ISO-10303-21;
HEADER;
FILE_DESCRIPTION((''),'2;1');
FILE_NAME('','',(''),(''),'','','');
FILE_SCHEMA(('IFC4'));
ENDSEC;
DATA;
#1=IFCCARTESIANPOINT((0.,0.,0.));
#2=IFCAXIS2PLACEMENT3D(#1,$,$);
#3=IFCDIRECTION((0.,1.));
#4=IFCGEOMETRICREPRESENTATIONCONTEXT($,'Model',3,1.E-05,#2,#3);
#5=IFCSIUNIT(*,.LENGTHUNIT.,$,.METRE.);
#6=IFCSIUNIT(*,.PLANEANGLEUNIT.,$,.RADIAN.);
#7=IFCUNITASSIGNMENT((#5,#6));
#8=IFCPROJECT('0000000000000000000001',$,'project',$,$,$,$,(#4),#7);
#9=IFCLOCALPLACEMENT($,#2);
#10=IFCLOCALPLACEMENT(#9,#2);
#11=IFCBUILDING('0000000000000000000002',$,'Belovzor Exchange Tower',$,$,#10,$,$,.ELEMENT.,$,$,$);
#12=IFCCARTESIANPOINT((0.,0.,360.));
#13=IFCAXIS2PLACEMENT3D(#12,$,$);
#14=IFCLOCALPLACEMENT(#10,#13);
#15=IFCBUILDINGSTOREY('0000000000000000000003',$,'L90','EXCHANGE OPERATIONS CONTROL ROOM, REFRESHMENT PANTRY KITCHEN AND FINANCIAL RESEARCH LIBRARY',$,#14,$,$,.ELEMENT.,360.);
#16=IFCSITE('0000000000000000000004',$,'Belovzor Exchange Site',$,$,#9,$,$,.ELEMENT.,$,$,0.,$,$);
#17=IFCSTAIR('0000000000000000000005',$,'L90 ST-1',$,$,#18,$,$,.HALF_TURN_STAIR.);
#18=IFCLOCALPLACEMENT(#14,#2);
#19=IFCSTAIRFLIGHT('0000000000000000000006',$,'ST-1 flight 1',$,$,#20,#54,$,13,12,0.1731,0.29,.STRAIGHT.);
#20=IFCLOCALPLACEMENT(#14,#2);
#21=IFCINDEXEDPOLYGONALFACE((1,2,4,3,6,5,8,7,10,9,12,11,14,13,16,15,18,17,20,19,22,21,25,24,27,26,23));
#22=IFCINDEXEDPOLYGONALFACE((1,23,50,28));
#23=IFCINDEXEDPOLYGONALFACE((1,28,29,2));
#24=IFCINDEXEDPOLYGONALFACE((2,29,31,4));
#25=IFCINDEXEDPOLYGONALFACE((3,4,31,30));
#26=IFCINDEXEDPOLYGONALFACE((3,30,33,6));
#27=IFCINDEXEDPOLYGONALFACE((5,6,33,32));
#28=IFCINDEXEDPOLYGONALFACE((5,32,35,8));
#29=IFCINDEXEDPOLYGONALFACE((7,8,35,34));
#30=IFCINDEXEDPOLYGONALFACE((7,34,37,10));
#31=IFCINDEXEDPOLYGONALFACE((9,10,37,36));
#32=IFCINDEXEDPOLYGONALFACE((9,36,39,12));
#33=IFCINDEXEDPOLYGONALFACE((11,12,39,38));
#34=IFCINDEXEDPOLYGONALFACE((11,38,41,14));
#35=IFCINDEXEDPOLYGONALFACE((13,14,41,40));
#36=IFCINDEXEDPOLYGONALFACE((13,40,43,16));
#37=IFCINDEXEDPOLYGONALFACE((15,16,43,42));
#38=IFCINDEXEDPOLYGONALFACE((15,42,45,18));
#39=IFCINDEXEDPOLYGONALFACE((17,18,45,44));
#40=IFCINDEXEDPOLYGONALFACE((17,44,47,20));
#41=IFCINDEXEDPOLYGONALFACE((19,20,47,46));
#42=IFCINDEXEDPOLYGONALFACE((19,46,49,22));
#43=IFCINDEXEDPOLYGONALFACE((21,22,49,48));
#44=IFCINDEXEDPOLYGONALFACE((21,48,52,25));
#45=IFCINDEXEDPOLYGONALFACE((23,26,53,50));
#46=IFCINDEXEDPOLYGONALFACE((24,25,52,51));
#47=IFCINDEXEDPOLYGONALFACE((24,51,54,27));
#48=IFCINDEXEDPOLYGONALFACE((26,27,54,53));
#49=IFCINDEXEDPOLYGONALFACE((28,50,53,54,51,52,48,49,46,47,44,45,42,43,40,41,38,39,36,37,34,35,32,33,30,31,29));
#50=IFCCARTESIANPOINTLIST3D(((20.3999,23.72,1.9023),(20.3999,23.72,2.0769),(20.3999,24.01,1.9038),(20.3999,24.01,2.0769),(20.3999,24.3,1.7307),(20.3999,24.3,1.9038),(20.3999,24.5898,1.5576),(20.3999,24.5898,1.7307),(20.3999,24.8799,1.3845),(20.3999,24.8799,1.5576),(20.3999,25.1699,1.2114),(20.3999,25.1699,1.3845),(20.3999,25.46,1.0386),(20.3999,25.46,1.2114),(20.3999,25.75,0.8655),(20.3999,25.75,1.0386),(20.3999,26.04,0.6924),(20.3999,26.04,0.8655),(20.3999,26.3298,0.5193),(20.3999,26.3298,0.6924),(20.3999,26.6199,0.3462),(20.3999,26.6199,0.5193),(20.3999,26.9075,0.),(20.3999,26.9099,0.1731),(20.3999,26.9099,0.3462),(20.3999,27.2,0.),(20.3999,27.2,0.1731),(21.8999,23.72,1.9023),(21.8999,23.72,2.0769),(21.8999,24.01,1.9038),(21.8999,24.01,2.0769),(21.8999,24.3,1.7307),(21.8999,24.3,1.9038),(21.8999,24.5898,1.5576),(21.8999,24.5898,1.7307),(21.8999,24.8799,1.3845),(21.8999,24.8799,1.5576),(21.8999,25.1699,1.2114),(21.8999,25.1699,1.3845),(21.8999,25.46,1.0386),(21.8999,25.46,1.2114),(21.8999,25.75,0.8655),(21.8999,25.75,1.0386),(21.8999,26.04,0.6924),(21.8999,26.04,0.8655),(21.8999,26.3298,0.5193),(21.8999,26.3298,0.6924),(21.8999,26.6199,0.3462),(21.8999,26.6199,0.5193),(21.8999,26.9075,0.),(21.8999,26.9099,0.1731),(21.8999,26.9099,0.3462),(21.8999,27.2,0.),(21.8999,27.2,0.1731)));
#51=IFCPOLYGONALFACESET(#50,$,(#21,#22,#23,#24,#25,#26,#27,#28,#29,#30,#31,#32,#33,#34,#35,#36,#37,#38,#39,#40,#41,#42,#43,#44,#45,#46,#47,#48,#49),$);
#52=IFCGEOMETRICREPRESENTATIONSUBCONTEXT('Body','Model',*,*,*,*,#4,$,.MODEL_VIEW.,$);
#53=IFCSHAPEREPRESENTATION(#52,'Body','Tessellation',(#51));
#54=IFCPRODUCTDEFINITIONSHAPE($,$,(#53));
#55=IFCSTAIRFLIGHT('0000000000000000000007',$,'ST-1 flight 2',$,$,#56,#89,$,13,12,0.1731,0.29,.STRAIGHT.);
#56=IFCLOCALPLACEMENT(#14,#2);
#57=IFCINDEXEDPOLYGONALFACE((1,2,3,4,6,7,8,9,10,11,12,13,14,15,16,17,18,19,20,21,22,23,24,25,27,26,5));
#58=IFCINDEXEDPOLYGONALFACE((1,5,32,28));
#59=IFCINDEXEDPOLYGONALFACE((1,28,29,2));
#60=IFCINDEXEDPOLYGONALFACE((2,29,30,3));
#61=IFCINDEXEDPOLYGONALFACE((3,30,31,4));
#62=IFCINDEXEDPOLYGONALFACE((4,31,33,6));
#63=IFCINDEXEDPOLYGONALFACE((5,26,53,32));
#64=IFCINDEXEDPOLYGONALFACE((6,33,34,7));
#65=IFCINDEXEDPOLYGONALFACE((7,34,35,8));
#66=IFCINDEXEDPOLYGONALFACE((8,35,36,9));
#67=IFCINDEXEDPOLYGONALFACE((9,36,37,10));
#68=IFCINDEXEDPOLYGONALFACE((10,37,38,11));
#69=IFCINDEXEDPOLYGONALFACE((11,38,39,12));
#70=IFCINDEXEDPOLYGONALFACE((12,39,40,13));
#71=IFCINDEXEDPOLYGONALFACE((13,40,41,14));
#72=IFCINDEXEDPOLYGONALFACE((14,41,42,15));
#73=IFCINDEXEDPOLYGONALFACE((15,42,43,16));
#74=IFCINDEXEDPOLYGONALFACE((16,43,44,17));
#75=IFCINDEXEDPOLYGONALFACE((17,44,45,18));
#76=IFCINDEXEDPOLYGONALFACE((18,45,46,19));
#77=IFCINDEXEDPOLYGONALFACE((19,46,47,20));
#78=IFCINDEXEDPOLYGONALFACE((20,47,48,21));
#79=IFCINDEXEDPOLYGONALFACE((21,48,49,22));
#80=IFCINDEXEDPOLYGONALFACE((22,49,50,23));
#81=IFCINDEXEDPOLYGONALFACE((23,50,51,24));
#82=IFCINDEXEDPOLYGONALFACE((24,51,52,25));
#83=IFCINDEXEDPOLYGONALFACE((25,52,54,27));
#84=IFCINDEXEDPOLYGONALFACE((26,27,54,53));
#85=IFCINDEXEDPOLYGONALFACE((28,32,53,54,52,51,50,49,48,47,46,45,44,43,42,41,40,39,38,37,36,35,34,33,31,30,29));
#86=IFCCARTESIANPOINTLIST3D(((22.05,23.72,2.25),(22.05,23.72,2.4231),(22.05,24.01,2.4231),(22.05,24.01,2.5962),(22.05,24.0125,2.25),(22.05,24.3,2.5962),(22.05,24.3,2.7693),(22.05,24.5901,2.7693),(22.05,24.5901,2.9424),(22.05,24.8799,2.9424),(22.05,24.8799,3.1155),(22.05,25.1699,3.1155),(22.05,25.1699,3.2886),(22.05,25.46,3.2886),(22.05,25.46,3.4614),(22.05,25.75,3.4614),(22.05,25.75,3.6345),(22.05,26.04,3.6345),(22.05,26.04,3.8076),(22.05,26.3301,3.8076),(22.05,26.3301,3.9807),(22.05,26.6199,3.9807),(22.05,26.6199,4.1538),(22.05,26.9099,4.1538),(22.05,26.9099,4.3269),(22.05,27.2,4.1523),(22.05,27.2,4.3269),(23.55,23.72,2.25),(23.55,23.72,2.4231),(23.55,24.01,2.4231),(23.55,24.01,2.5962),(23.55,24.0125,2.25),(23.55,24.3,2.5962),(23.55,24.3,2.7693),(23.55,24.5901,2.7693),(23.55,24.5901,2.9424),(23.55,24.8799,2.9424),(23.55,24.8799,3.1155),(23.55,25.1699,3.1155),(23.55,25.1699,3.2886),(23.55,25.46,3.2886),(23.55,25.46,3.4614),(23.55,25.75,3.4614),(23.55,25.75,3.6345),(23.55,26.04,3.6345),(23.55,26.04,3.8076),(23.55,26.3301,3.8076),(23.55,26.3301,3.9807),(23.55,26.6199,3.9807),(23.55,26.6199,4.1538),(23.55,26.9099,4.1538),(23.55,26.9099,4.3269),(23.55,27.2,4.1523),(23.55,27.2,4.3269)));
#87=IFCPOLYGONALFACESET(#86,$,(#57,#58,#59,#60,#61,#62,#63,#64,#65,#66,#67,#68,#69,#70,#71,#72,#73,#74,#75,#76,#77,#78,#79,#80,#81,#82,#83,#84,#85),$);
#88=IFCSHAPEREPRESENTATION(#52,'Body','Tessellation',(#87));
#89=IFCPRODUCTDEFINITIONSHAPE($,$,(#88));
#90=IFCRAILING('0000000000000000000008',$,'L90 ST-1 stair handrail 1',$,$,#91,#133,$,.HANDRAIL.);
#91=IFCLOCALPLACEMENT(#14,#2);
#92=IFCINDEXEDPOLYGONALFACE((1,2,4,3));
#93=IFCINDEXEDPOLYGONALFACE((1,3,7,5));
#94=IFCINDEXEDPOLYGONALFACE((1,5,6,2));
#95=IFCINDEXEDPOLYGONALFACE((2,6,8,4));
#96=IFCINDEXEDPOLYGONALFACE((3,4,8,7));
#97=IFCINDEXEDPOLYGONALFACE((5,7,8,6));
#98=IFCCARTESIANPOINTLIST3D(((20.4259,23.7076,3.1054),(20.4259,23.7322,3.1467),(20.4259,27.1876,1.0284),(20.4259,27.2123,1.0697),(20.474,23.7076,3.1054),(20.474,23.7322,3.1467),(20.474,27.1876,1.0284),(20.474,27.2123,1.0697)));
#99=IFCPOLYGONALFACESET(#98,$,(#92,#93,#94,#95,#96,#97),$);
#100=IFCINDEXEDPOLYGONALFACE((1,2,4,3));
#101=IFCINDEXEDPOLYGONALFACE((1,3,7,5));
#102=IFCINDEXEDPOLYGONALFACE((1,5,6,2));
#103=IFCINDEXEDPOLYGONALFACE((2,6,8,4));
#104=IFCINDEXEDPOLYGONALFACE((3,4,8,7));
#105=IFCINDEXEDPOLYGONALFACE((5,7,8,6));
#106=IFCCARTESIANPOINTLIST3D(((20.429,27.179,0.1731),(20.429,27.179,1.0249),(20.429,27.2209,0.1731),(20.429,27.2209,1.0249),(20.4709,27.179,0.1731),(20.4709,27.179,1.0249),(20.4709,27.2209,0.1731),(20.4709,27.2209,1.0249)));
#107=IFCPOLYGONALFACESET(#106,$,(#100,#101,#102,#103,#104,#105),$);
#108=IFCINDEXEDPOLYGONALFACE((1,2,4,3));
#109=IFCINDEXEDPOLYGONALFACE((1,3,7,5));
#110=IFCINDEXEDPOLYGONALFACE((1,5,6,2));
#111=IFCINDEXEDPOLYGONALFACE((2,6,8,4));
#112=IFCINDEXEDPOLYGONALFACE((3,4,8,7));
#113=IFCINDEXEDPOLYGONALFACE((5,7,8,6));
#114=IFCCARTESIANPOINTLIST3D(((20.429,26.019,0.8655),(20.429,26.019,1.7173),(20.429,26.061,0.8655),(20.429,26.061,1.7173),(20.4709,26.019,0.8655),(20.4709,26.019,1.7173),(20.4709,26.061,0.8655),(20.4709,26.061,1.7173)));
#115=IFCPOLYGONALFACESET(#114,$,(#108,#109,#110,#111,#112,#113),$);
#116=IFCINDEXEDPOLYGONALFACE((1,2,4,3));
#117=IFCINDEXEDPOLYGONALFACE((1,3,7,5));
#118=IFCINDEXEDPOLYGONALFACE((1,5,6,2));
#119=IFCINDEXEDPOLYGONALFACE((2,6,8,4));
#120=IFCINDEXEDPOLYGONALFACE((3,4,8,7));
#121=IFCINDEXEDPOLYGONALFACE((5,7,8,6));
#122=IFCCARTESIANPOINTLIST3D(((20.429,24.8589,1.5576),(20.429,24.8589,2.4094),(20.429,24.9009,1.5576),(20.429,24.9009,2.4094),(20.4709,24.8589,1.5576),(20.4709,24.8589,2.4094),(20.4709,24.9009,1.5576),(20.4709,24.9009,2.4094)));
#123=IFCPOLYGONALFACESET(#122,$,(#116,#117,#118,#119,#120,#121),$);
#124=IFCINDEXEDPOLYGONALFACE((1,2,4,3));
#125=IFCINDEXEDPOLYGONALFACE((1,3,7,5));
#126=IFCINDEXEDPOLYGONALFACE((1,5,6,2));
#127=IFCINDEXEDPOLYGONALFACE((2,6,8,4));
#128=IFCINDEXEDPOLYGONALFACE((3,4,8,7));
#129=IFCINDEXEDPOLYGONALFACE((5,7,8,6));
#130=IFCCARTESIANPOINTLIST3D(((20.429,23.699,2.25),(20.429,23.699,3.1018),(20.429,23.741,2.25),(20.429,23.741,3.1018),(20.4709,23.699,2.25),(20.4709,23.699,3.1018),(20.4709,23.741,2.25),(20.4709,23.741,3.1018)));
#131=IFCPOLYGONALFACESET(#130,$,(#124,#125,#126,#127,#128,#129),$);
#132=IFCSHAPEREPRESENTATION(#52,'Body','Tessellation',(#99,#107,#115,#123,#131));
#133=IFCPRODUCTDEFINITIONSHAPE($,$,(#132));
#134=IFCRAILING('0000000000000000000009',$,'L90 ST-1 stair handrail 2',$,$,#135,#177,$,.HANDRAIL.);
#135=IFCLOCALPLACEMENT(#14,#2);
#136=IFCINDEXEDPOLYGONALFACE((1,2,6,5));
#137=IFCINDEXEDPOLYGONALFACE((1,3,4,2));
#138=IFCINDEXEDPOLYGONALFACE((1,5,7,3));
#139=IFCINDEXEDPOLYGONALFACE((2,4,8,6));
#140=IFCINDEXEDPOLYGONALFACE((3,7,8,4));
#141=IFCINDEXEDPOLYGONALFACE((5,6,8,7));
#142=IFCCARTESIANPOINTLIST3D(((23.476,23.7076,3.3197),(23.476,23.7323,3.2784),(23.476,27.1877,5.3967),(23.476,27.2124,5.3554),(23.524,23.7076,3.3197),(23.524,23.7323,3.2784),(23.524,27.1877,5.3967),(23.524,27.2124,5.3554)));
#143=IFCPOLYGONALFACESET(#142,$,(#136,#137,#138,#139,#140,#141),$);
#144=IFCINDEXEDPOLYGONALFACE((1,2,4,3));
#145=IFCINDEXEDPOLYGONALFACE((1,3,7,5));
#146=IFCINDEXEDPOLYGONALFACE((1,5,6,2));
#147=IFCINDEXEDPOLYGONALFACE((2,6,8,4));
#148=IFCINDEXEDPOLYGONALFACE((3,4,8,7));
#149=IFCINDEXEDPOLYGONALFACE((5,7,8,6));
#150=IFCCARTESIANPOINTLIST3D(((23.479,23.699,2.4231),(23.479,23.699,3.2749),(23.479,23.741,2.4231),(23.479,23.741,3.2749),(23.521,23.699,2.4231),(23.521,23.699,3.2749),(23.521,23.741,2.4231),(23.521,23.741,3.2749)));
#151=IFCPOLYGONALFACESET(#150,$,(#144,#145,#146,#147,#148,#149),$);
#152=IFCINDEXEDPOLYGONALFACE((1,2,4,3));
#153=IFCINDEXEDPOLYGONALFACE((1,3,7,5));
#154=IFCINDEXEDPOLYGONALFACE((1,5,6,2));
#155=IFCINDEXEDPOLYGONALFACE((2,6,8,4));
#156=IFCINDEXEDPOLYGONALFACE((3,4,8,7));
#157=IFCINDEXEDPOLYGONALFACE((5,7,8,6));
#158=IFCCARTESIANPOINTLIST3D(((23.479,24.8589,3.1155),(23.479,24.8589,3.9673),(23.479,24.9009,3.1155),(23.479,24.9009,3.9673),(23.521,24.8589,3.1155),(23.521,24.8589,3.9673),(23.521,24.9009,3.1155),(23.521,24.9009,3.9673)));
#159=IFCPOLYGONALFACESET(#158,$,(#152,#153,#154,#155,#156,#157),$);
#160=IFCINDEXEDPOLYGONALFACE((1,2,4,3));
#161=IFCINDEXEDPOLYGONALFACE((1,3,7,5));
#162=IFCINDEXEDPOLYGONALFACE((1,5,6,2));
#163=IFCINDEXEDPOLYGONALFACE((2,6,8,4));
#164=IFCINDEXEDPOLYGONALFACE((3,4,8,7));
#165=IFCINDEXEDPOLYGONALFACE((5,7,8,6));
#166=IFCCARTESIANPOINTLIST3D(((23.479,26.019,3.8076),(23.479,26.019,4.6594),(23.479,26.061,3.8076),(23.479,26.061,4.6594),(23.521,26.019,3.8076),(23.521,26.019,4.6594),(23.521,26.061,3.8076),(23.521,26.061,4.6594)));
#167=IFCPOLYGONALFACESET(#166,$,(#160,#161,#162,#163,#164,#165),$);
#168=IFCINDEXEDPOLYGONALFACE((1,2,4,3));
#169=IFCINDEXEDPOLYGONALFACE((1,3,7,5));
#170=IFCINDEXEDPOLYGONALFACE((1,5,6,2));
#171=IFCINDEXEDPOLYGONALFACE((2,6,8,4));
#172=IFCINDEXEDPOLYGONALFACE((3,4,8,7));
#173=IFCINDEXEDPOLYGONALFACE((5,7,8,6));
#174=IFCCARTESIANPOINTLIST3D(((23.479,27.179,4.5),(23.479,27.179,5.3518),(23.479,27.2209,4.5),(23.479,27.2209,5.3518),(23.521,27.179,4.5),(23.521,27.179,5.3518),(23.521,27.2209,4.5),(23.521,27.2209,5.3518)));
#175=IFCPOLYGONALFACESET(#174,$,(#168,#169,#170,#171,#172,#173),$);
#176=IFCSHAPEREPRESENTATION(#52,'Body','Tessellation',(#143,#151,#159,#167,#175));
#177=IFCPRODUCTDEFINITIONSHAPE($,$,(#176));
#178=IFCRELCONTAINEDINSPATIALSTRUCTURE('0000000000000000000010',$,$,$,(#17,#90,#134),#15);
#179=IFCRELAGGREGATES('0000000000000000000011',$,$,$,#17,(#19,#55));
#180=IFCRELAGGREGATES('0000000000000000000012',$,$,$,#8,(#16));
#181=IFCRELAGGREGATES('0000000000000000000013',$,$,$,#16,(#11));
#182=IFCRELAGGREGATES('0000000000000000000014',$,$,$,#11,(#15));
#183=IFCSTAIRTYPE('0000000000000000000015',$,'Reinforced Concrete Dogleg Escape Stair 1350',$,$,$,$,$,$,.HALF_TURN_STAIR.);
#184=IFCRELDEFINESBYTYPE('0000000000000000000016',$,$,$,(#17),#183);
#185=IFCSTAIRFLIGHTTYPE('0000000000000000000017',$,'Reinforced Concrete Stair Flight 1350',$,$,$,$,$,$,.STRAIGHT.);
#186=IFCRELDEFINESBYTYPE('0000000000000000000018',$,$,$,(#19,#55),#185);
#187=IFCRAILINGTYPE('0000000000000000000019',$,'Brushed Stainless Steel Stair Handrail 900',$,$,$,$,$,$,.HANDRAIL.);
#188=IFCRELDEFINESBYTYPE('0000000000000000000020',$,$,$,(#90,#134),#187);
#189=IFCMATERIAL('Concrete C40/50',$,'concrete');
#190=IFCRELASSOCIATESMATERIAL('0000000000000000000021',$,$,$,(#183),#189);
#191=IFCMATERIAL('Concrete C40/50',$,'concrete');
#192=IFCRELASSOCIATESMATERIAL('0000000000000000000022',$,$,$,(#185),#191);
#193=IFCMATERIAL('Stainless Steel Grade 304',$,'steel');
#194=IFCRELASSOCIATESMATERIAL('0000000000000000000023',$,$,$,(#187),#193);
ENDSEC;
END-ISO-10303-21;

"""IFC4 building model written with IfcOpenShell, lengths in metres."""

from ifc_helpers import new_model, si_unit, direction, frame, origin, origin_2d, place, context, subcontext, project, spatial, polyline, rectangle, outline, extrude, material, type_object, element, aggregate, save


model = new_model("IFC4")

# Units and contexts
model_context = context("Model", 3, precision=1e-05, world=origin(), true_north=direction((0.0, 1.0)))
body_context = subcontext(model_context, "Body", "Model", "MODEL_VIEW")
ifc_project = project(units=[si_unit("LENGTHUNIT", "METRE"), si_unit("PLANEANGLEUNIT", "RADIAN")], contexts=[model_context])

# Site, building, storey
site_placement = place(None, origin())
site = spatial("IfcSite", under=ifc_project, at=site_placement, Name="Belovzor Exchange Site", CompositionType="ELEMENT", RefElevation=0.0)
building_placement = place(site_placement, origin())
building = spatial("IfcBuilding", under=site, at=building_placement, Name="Belovzor Exchange Tower", CompositionType="ELEMENT")
storey_placement = place(building_placement, frame((0.0, 0.0, 360.0)))
storey = spatial("IfcBuildingStorey", under=building, at=storey_placement, Name="L90", Description="EXCHANGE OPERATIONS CONTROL ROOM, REFRESHMENT PANTRY KITCHEN AND FINANCIAL RESEARCH LIBRARY", CompositionType="ELEMENT", Elevation=360.0)

# Stair, stair flights
ifc_material_1 = material(Name="Concrete C40/50", Category="concrete")
stair_type = type_object("IfcStairType", Name="Reinforced Concrete Dogleg Escape Stair 1350", PredefinedType="HALF_TURN_STAIR", material=ifc_material_1)
stair_placement = place(storey_placement, origin())
stair = element("IfcStair", 1, at=stair_placement, inside=storey, type_object=stair_type, Name="L90 ST-1", PredefinedType="HALF_TURN_STAIR")
ifc_material_2 = material(Name="Concrete C40/50", Category="concrete")
stair_flight_type = type_object("IfcStairFlightType", Name="Reinforced Concrete Stair Flight 1350", PredefinedType="STRAIGHT", material=ifc_material_2)
stair_flight_1_placement = place(storey_placement, frame((21.1499, 27.2, 0.0), z_axis=(0.0, 0.0, 1.0), x_axis=(0.0, -1.0, 0.0)))
stair_flight_1 = element("IfcStairFlight", 2, at=stair_flight_1_placement, type_object=stair_flight_type, Name="ST-1 flight 1", NumberOfRisers=13, NumberOfTreads=12, PredefinedType="STRAIGHT", RiserHeight=0.1731, TreadLength=0.29, context=body_context, shape_type="SweptSolid", body=[
    extrude(outline(polyline([(0.0, 0.0), (0.0, 0.1731), (0.29, 0.1731), (0.29, 0.3462), (0.5801, 0.3462), (0.5801, 0.5193), (0.8701, 0.5193), (0.8701, 0.6924), (1.1599, 0.6924), (1.1599, 0.8655), (1.45, 0.8655), (1.45, 1.0386), (1.74, 1.0386), (1.74, 1.2114), (2.03, 1.2114), (2.03, 1.3845), (2.3201, 1.3845), (2.3201, 1.5576), (2.6101, 1.5576), (2.6101, 1.7307), (2.8999, 1.7307), (2.8999, 1.9038), (3.1899, 1.9038), (3.1899, 2.0769), (3.48, 2.0769), (3.48, 2.25), (3.48, 1.9023), (0.2925, 0.0), (0.0, 0.0)])), frame((0.0, 0.75, 0.0), z_axis=(0.0, -1.0, 0.0), x_axis=(1.0, 0.0, 0.0)), (0.0, 0.0, 1.0), 1.5),
])
stair_flight_2_placement = place(storey_placement, frame((22.8, 23.72, 2.25), z_axis=(0.0, 0.0, 1.0), x_axis=(0.0, 1.0, 0.0)))
stair_flight_2 = element("IfcStairFlight", 3, at=stair_flight_2_placement, type_object=stair_flight_type, Name="ST-1 flight 2", NumberOfRisers=13, NumberOfTreads=12, PredefinedType="STRAIGHT", RiserHeight=0.1731, TreadLength=0.29, context=body_context, shape_type="SweptSolid", body=[
    extrude(outline(polyline([(0.0, 0.0), (0.0, 0.1731), (0.29, 0.1731), (0.29, 0.3462), (0.5801, 0.3462), (0.5801, 0.5193), (0.8701, 0.5193), (0.8701, 0.6924), (1.1599, 0.6924), (1.1599, 0.8655), (1.45, 0.8655), (1.45, 1.0386), (1.74, 1.0386), (1.74, 1.2114), (2.03, 1.2114), (2.03, 1.3845), (2.3201, 1.3845), (2.3201, 1.5576), (2.6101, 1.5576), (2.6101, 1.7307), (2.8999, 1.7307), (2.8999, 1.9038), (3.1899, 1.9038), (3.1899, 2.0769), (3.48, 2.0769), (3.48, 2.25), (3.48, 1.9023), (0.2925, 0.0), (0.0, 0.0)])), frame((0.0, 0.75, 0.0), z_axis=(0.0, -1.0, 0.0), x_axis=(1.0, 0.0, 0.0)), (0.0, 0.0, 1.0), 1.5),
])
aggregate(stair, [stair_flight_1, stair_flight_2])

# Railings
ifc_material_3 = material(Name="Stainless Steel Grade 304", Category="steel")
railing_type_1 = type_object("IfcRailingType", Name="Brushed Stainless Steel Stair Handrail 900", PredefinedType="HANDRAIL", material=ifc_material_3)
railing_1_placement = place(storey_placement, frame((20.45, 27.2, 0.1731)))
element("IfcRailing", 4, at=railing_1_placement, inside=storey, type_object=railing_type_1, Name="L90 ST-1 stair handrail 1", PredefinedType="HANDRAIL", context=body_context, shape_type="SweptSolid", body=[
    extrude(rectangle(XDim=0.0481, YDim=0.0481, at=origin_2d()), frame((0.0, 0.0, 0.876), z_axis=(0.0, -0.858697, 0.512483), x_axis=(1.0, 0.0, 0.0)), (0.0, 0.0, 1.0), 4.0527),
    extrude(rectangle(XDim=0.042, YDim=0.042, at=origin_2d()), origin(), (0.0, 0.0, 1.0), 0.8518),
    extrude(rectangle(XDim=0.042, YDim=0.042, at=origin_2d()), frame((0.0, -1.1599, 0.6924)), (0.0, 0.0, 1.0), 0.8518),
    extrude(rectangle(XDim=0.042, YDim=0.042, at=origin_2d()), frame((0.0, -2.3201, 1.3845)), (0.0, 0.0, 1.0), 0.8518),
    extrude(rectangle(XDim=0.042, YDim=0.042, at=origin_2d()), frame((0.0, -3.48, 2.0769)), (0.0, 0.0, 1.0), 0.8518),
])
railing_2_placement = place(storey_placement, frame((23.5, 23.72, 2.4231)))
element("IfcRailing", 5, at=railing_2_placement, inside=storey, type_object=railing_type_1, Name="L90 ST-1 stair handrail 2", PredefinedType="HANDRAIL", context=body_context, shape_type="SweptSolid", body=[
    extrude(rectangle(XDim=0.0481, YDim=0.0481, at=origin_2d()), frame((0.0, 0.0, 0.876), z_axis=(0.0, 0.858697, 0.512483), x_axis=(-1.0, 0.0, 0.0)), (0.0, 0.0, 1.0), 4.0527),
    extrude(rectangle(XDim=0.042, YDim=0.042, at=origin_2d()), origin(), (0.0, 0.0, 1.0), 0.8518),
    extrude(rectangle(XDim=0.042, YDim=0.042, at=origin_2d()), frame((0.0, 1.1599, 0.6924)), (0.0, 0.0, 1.0), 0.8518),
    extrude(rectangle(XDim=0.042, YDim=0.042, at=origin_2d()), frame((0.0, 2.3201, 1.3845)), (0.0, 0.0, 1.0), 0.8518),
    extrude(rectangle(XDim=0.042, YDim=0.042, at=origin_2d()), frame((0.0, 3.48, 2.0769)), (0.0, 0.0, 1.0), 0.8518),
])

save(model, "model.ifc")
